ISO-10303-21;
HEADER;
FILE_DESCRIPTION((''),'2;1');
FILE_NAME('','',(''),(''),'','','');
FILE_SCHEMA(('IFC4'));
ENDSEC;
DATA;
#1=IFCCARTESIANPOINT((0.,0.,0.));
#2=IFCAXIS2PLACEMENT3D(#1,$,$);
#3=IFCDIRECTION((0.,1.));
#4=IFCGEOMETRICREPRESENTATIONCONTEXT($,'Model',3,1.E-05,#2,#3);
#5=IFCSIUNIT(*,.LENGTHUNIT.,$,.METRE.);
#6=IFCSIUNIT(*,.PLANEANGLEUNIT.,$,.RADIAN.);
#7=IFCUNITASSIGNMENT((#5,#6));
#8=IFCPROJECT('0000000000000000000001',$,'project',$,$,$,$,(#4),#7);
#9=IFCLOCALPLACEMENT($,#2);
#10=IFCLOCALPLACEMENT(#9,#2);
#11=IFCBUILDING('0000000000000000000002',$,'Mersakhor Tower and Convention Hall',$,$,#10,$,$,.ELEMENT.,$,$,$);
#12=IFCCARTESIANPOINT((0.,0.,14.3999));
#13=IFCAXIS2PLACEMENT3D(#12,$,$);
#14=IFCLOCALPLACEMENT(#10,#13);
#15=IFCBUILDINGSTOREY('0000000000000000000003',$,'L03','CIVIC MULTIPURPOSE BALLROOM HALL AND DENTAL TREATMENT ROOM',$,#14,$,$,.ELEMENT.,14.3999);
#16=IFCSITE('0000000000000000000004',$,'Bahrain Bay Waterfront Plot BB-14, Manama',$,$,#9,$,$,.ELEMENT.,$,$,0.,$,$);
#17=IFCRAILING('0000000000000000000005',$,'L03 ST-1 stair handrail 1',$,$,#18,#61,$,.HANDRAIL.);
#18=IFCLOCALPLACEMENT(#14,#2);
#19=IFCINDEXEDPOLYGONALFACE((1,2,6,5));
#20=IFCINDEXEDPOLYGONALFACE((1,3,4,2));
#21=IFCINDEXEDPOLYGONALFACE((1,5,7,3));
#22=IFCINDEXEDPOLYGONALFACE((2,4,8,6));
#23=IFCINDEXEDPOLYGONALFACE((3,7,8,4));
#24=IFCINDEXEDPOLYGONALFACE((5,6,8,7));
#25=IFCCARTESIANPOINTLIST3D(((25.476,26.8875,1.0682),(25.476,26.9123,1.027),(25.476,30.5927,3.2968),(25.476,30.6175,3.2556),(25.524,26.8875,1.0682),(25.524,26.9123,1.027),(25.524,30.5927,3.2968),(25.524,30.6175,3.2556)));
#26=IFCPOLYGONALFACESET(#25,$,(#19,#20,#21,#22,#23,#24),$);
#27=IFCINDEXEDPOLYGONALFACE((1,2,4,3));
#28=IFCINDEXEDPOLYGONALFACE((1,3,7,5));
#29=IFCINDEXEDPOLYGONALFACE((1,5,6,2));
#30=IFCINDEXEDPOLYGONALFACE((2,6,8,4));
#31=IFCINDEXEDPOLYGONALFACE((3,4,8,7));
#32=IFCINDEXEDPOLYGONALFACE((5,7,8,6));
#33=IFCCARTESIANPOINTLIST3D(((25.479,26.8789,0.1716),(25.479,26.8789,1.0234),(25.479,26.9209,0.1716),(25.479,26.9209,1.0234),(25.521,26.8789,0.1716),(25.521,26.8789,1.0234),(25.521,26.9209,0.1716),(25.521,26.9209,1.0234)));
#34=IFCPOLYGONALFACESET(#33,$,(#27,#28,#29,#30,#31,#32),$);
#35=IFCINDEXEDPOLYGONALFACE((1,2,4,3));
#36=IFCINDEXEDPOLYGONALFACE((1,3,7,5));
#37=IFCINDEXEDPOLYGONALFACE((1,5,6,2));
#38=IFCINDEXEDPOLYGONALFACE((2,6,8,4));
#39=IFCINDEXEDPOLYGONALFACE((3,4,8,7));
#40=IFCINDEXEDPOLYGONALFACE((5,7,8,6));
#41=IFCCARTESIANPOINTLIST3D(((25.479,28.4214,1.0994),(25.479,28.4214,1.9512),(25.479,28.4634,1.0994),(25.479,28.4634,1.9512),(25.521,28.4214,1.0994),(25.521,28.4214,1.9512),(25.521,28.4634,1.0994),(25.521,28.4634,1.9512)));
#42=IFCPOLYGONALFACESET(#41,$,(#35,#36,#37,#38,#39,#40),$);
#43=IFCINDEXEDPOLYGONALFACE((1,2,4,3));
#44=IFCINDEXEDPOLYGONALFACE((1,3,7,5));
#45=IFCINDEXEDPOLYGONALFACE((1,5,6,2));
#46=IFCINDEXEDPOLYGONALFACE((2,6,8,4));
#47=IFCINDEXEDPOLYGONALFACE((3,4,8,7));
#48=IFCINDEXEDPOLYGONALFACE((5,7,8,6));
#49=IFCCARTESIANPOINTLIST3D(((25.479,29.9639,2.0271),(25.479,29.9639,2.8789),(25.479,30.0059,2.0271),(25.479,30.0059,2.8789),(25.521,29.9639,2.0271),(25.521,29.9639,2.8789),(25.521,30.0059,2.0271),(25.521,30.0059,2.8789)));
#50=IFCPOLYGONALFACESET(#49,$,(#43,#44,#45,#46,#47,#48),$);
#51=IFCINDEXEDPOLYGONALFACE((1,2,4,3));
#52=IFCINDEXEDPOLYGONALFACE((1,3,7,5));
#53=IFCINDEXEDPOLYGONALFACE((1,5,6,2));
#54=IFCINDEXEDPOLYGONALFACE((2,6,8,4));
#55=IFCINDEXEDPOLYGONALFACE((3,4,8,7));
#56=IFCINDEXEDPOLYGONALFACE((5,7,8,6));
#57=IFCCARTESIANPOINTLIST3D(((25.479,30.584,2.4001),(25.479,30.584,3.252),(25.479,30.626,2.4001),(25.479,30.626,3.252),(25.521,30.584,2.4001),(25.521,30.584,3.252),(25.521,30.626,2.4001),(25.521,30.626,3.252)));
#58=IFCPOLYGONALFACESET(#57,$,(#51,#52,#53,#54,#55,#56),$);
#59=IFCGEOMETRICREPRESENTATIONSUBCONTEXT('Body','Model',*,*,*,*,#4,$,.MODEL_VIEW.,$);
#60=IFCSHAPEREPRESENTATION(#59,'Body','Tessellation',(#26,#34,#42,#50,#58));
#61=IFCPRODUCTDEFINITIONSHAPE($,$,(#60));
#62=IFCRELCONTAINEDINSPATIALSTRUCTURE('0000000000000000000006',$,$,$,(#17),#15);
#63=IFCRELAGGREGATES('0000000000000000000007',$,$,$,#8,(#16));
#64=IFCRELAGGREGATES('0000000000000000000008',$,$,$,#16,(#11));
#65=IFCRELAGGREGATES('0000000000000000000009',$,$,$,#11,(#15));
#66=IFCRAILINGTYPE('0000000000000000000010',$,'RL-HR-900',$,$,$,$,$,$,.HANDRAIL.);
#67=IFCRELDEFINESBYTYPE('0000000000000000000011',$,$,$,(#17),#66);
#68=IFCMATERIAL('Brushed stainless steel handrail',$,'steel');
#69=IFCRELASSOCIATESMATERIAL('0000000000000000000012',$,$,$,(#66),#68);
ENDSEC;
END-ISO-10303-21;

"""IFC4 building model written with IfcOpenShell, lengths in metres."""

from ifc_helpers import new_model, si_unit, direction, frame, origin, origin_2d, place, context, subcontext, project, spatial, rectangle, extrude, material, type_object, element, save


model = new_model("IFC4")

# Units and contexts
model_context = context("Model", 3, precision=1e-05, world=origin(), true_north=direction((0.0, 1.0)))
body_context = subcontext(model_context, "Body", "Model", "MODEL_VIEW")
ifc_project = project(units=[si_unit("LENGTHUNIT", "METRE"), si_unit("PLANEANGLEUNIT", "RADIAN")], contexts=[model_context])

# Site, building, storey
site_placement = place(None, origin())
site = spatial("IfcSite", under=ifc_project, at=site_placement, Name="Bahrain Bay Waterfront Plot BB-14, Manama", CompositionType="ELEMENT", RefElevation=0.0)
building_placement = place(site_placement, origin())
building = spatial("IfcBuilding", under=site, at=building_placement, Name="Mersakhor Tower and Convention Hall", CompositionType="ELEMENT")
storey_placement = place(building_placement, frame((0.0, 0.0, 14.3999)))
storey = spatial("IfcBuildingStorey", under=building, at=storey_placement, Name="L03", Description="CIVIC MULTIPURPOSE BALLROOM HALL AND DENTAL TREATMENT ROOM", CompositionType="ELEMENT", Elevation=14.3999)

# Railing
ifc_material_1 = material(Name="Brushed stainless steel handrail", Category="steel")
railing_type = type_object("IfcRailingType", Name="RL-HR-900", PredefinedType="HANDRAIL", material=ifc_material_1)
railing_placement = place(storey_placement, frame((25.5, 26.8999, 0.1716)))
element("IfcRailing", 1, at=railing_placement, inside=storey, type_object=railing_type, Name="L03 ST-1 stair handrail 1", PredefinedType="HANDRAIL", context=body_context, shape_type="SweptSolid", body=[
    extrude(rectangle(XDim=0.0481, YDim=0.0481, at=origin_2d()), frame((0.0, 0.0, 0.876), z_axis=(0.0, 0.856934, 0.515425), x_axis=(-1.0, 0.0, 0.0)), (0.0, 0.0, 1.0), 4.3237),
    extrude(rectangle(XDim=0.042, YDim=0.042, at=origin_2d()), origin(), (0.0, 0.0, 1.0), 0.8518),
    extrude(rectangle(XDim=0.042, YDim=0.042, at=origin_2d()), frame((0.0, 1.5425, 0.9277)), (0.0, 0.0, 1.0), 0.8518),
    extrude(rectangle(XDim=0.042, YDim=0.042, at=origin_2d()), frame((0.0, 3.085, 1.8555)), (0.0, 0.0, 1.0), 0.8518),
    extrude(rectangle(XDim=0.042, YDim=0.042, at=origin_2d()), frame((0.0, 3.7051, 2.2285)), (0.0, 0.0, 1.0), 0.8518),
])

save(model, "model.ifc")
